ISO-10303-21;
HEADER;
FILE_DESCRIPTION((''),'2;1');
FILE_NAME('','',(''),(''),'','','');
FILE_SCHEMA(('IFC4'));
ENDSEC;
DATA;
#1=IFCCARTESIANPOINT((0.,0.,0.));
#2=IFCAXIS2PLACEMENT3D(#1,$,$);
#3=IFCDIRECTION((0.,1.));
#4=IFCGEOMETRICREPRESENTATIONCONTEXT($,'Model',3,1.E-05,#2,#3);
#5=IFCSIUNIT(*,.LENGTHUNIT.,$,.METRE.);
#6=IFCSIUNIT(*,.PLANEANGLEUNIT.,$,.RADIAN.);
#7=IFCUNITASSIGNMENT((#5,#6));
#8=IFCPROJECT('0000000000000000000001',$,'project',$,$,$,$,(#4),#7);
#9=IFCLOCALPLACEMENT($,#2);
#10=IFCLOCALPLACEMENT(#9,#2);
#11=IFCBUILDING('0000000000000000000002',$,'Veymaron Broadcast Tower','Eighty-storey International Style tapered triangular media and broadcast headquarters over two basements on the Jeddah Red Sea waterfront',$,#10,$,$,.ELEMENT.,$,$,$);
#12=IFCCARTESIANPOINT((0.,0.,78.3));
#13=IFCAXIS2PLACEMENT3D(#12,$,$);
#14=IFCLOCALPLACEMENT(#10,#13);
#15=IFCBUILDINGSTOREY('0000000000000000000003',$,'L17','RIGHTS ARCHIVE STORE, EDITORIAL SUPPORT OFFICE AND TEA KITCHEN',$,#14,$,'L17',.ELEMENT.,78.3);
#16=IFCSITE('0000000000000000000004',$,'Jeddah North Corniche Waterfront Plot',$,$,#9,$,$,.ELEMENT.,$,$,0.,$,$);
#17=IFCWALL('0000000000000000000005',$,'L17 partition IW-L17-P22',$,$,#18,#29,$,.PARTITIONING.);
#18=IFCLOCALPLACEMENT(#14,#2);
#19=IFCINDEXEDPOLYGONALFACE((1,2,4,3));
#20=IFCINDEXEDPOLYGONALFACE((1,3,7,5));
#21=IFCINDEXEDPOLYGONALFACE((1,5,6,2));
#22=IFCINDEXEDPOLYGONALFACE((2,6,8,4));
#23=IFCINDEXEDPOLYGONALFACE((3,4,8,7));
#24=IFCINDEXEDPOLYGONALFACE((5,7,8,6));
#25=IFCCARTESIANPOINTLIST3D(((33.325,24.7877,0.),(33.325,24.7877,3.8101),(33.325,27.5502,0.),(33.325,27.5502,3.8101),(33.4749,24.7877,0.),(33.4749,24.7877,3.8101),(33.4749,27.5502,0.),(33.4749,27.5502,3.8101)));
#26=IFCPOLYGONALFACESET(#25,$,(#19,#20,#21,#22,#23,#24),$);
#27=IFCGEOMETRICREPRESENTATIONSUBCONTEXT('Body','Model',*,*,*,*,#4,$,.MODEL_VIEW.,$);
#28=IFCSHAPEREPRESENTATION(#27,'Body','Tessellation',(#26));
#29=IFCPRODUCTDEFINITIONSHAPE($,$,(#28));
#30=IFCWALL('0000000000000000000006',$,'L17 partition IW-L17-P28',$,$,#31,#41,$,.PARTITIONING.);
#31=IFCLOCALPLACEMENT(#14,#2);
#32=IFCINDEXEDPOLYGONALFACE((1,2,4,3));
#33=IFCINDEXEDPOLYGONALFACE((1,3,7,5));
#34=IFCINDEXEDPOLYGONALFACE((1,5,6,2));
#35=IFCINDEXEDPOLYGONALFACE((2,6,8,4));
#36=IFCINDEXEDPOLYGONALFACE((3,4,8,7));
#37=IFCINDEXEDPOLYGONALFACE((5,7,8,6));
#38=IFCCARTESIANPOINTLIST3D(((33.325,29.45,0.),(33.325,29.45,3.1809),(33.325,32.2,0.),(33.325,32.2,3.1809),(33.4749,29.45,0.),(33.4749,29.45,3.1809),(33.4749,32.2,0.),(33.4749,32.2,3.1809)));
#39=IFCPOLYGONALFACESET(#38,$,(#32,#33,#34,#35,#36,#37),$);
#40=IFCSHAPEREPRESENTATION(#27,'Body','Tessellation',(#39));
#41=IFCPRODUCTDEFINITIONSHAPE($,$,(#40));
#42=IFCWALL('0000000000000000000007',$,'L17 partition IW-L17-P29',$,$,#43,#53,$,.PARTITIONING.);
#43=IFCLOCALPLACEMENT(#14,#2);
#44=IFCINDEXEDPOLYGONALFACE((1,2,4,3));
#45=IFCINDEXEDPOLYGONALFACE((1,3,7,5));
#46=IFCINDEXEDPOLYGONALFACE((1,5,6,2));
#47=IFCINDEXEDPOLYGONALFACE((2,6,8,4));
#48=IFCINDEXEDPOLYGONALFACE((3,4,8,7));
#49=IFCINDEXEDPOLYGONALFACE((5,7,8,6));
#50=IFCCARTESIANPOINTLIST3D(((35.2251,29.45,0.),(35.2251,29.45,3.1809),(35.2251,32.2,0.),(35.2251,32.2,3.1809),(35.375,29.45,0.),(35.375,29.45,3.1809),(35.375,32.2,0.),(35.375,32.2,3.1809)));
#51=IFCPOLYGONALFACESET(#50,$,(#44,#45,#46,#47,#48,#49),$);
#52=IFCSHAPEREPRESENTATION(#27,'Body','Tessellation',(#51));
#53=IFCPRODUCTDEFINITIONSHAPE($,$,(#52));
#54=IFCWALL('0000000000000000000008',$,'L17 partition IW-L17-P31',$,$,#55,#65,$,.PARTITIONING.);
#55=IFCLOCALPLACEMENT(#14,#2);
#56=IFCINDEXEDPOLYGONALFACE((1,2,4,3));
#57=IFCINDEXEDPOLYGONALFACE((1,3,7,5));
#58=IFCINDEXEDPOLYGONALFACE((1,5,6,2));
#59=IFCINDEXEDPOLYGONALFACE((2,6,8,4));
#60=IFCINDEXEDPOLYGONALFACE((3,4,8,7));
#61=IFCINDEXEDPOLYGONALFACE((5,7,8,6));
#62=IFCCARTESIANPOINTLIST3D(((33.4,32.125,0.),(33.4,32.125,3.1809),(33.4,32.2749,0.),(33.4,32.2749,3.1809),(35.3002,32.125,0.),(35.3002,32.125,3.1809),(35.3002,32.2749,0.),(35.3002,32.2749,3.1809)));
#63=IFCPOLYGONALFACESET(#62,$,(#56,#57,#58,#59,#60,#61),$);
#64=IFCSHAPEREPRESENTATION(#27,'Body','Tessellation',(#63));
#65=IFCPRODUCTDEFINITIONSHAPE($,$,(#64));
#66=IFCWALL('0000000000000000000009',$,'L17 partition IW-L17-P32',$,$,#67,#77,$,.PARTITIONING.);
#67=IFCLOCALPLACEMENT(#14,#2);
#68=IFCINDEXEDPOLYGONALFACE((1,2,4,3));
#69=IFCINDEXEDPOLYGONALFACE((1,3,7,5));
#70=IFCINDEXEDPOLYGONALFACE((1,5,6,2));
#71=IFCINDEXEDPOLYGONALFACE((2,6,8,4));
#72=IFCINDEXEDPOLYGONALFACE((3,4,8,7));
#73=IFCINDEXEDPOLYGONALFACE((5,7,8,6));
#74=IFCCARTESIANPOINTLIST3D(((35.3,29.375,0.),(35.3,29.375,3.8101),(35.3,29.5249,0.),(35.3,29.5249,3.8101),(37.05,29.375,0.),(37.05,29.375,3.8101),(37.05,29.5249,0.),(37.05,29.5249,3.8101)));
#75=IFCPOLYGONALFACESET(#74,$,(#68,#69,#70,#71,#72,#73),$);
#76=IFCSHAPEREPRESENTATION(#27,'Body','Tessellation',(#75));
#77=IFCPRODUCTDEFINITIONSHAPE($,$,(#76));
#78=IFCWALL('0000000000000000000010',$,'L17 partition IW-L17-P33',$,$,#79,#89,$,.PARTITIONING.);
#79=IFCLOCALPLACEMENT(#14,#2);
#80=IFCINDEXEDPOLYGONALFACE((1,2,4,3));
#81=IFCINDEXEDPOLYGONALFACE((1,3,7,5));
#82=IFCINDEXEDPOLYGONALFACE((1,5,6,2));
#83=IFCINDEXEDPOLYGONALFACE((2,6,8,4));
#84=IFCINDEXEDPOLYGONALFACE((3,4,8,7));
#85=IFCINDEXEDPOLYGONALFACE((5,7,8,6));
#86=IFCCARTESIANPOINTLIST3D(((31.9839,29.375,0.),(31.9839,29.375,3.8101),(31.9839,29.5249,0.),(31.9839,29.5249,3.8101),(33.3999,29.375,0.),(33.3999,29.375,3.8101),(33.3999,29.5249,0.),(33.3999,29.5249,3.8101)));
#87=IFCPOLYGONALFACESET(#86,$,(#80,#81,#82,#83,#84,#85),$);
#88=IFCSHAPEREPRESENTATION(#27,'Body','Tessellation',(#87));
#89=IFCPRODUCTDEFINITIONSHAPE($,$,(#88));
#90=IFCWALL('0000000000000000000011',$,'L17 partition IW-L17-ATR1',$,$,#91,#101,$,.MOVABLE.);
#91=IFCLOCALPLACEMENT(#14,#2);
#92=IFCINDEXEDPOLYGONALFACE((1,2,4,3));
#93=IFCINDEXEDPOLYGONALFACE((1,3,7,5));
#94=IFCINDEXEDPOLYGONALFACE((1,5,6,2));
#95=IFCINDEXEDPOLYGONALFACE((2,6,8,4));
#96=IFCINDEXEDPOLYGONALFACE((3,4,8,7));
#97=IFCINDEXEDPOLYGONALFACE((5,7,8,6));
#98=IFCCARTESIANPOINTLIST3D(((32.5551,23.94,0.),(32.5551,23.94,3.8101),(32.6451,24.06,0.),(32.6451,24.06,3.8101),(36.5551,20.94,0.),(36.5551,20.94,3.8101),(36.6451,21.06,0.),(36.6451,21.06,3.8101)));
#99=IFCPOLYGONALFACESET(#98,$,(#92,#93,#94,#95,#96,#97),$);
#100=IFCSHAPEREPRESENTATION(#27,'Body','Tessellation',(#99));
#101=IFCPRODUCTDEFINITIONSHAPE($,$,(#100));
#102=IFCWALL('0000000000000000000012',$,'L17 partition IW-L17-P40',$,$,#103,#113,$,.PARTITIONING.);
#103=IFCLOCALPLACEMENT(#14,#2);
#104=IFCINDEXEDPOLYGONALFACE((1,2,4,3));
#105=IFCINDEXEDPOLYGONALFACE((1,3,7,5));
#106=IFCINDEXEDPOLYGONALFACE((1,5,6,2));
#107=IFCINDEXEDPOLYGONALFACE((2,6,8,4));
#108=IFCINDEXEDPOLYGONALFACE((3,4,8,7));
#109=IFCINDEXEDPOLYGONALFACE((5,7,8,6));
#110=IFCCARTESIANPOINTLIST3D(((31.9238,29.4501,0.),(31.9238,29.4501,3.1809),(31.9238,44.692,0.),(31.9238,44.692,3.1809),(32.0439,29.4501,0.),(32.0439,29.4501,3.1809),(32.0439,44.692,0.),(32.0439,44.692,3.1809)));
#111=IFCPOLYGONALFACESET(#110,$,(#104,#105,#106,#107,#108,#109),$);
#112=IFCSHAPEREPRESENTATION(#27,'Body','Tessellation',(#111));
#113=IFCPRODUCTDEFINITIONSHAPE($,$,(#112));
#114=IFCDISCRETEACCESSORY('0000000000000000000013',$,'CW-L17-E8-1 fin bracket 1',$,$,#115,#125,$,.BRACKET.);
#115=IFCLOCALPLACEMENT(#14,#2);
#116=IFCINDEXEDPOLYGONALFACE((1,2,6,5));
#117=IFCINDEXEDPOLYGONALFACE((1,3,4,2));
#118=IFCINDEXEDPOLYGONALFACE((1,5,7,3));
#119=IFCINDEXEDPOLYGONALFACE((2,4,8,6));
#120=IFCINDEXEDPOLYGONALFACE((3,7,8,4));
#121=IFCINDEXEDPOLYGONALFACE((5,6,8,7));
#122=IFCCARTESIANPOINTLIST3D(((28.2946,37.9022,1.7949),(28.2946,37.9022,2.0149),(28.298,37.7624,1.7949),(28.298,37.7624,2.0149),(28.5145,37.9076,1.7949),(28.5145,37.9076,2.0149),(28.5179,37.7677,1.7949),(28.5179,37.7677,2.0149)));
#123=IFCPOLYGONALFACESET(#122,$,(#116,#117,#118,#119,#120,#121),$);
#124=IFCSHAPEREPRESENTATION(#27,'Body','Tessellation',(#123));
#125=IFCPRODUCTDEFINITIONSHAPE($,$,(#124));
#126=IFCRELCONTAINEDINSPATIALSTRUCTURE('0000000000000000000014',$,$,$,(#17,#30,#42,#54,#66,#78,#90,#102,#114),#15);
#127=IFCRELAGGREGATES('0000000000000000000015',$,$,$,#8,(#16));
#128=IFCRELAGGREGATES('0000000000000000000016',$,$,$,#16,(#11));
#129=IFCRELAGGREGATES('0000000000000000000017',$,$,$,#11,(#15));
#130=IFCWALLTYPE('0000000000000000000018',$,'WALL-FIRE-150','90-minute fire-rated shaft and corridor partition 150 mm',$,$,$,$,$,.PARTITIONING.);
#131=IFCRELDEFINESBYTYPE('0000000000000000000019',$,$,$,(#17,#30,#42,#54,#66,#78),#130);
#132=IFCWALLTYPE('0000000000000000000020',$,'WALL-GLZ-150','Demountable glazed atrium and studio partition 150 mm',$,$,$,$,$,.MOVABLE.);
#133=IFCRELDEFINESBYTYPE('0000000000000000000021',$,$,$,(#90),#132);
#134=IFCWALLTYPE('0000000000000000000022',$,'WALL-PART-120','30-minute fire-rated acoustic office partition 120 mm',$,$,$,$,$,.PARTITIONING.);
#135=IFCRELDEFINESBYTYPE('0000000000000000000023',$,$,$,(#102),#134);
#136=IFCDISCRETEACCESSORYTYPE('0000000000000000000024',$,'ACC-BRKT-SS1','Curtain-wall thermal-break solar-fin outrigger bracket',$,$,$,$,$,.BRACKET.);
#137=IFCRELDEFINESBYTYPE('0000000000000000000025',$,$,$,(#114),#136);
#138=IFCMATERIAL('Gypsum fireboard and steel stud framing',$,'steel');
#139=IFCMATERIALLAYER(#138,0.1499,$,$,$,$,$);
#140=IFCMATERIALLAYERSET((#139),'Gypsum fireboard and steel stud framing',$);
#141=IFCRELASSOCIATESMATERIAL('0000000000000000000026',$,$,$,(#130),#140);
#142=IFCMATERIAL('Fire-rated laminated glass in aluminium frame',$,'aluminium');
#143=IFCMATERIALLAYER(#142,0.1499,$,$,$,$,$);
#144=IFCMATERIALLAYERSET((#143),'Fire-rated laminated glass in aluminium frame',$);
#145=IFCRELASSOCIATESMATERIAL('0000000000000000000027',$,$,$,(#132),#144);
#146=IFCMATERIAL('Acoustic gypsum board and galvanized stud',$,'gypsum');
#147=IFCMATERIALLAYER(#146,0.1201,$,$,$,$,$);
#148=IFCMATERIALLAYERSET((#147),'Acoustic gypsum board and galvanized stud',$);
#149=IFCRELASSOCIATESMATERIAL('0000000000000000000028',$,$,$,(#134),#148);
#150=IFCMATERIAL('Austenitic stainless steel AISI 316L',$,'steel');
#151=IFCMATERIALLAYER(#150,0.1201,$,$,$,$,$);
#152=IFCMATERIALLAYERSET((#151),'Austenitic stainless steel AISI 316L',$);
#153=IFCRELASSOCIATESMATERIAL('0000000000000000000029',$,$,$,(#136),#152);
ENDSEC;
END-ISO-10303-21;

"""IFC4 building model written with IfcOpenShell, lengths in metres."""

from ifc_helpers import new_model, si_unit, direction, frame, frame_2d, origin, origin_2d, place, context, subcontext, project, spatial, rectangle, extrude, material, layer, layer_set, type_object, element, save


model = new_model("IFC4")

# Units and contexts
model_context = context("Model", 3, precision=1e-05, world=origin(), true_north=direction((0.0, 1.0)))
body_context = subcontext(model_context, "Body", "Model", "MODEL_VIEW")
ifc_project = project(units=[si_unit("LENGTHUNIT", "METRE"), si_unit("PLANEANGLEUNIT", "RADIAN")], contexts=[model_context])

# Site, building, storey
site_placement = place(None, origin())
site = spatial("IfcSite", under=ifc_project, at=site_placement, Name="Jeddah North Corniche Waterfront Plot", CompositionType="ELEMENT", RefElevation=0.0)
building_placement = place(site_placement, origin())
building = spatial("IfcBuilding", under=site, at=building_placement, Name="Veymaron Broadcast Tower", Description="Eighty-storey International Style tapered triangular media and broadcast headquarters over two basements on the Jeddah Red Sea waterfront", CompositionType="ELEMENT")
storey_placement = place(building_placement, frame((0.0, 0.0, 78.3)))
storey = spatial("IfcBuildingStorey", under=building, at=storey_placement, Name="L17", Description="RIGHTS ARCHIVE STORE, EDITORIAL SUPPORT OFFICE AND TEA KITCHEN", LongName="L17", CompositionType="ELEMENT", Elevation=78.3)

# Walls
ifc_material_1 = material(Name="Gypsum fireboard and steel stud framing", Category="steel")
ifc_layer_1 = layer(ifc_material_1, 0.1499)
ifc_layer_set_1 = layer_set([ifc_layer_1], Name="Gypsum fireboard and steel stud framing")
wall_type_1 = type_object("IfcWallType", Name="WALL-FIRE-150", Description="90-minute fire-rated shaft and corridor partition 150 mm", PredefinedType="PARTITIONING", material=ifc_layer_set_1)
wall_1_placement = place(storey_placement, frame((33.3999, 24.7876, 0.0), z_axis=(0.0, 0.0, 1.0), x_axis=(0.0, 1.0, 0.0)))
element("IfcWall", 1, at=wall_1_placement, inside=storey, type_object=wall_type_1, Name="L17 partition IW-L17-P22", PredefinedType="PARTITIONING", context=body_context, shape_type="SweptSolid", body=[
    extrude(rectangle(XDim=2.7625, YDim=0.1499, at=frame_2d((1.3813, 0.0))), origin(), (0.0, 0.0, 1.0), 3.8101),
])
for number, where, z_axis, x_axis, name in (
    (2, (33.3999, 29.45, 0.0), (0.0, 0.0, 1.0), (0.0, 1.0, 0.0), "L17 partition IW-L17-P28"),
    (3, (35.3, 29.45, 0.0), (0.0, 0.0, 1.0), (0.0, 1.0, 0.0), "L17 partition IW-L17-P29"),
):
    element("IfcWall", number, at=place(storey_placement, frame(where, z_axis=z_axis, x_axis=x_axis)), inside=storey, type_object=wall_type_1, Name=name, PredefinedType="PARTITIONING", context=body_context, shape_type="SweptSolid", body=[
        extrude(rectangle(XDim=2.75, YDim=0.1499, at=frame_2d((1.375, 0.0))), origin(), (0.0, 0.0, 1.0), 3.1809),
    ])
wall_2_placement = place(storey_placement, frame((33.3999, 32.2, 0.0), z_axis=(0.0, 0.0, 1.0), x_axis=(1.0, 0.0, 0.0)))
element("IfcWall", 4, at=wall_2_placement, inside=storey, type_object=wall_type_1, Name="L17 partition IW-L17-P31", PredefinedType="PARTITIONING", context=body_context, shape_type="SweptSolid", body=[
    extrude(rectangle(XDim=1.9001, YDim=0.1499, at=frame_2d((0.9502, 0.0))), origin(), (0.0, 0.0, 1.0), 3.1809),
])
wall_3_placement = place(storey_placement, frame((35.3, 29.45, 0.0), z_axis=(0.0, 0.0, 1.0), x_axis=(1.0, 0.0, 0.0)))
element("IfcWall", 5, at=wall_3_placement, inside=storey, type_object=wall_type_1, Name="L17 partition IW-L17-P32", PredefinedType="PARTITIONING", context=body_context, shape_type="SweptSolid", body=[
    extrude(rectangle(XDim=1.75, YDim=0.1499, at=frame_2d((0.875, 0.0))), origin(), (0.0, 0.0, 1.0), 3.8101),
])
wall_4_placement = place(storey_placement, frame((31.9839, 29.45, 0.0), z_axis=(0.0, 0.0, 1.0), x_axis=(1.0, 0.0, 0.0)))
element("IfcWall", 6, at=wall_4_placement, inside=storey, type_object=wall_type_1, Name="L17 partition IW-L17-P33", PredefinedType="PARTITIONING", context=body_context, shape_type="SweptSolid", body=[
    extrude(rectangle(XDim=1.416, YDim=0.1499, at=frame_2d((0.708, 0.0))), origin(), (0.0, 0.0, 1.0), 3.8101),
])
ifc_material_2 = material(Name="Fire-rated laminated glass in aluminium frame", Category="aluminium")
ifc_layer_2 = layer(ifc_material_2, 0.1499)
ifc_layer_set_2 = layer_set([ifc_layer_2], Name="Fire-rated laminated glass in aluminium frame")
wall_type_2 = type_object("IfcWallType", Name="WALL-GLZ-150", Description="Demountable glazed atrium and studio partition 150 mm", PredefinedType="MOVABLE", material=ifc_layer_set_2)
wall_5_placement = place(storey_placement, frame((32.6001, 24.0, 0.0), z_axis=(0.0, 0.0, 1.0), x_axis=(0.8, -0.6, 0.0)))
element("IfcWall", 7, at=wall_5_placement, inside=storey, type_object=wall_type_2, Name="L17 partition IW-L17-ATR1", PredefinedType="MOVABLE", context=body_context, shape_type="SweptSolid", body=[
    extrude(rectangle(XDim=5.0, YDim=0.1499, at=frame_2d((2.5, 0.0))), origin(), (0.0, 0.0, 1.0), 3.8101),
])
ifc_material_3 = material(Name="Acoustic gypsum board and galvanized stud", Category="gypsum")
ifc_layer_3 = layer(ifc_material_3, 0.1201)
ifc_layer_set_3 = layer_set([ifc_layer_3], Name="Acoustic gypsum board and galvanized stud")
wall_type_3 = type_object("IfcWallType", Name="WALL-PART-120", Description="30-minute fire-rated acoustic office partition 120 mm", PredefinedType="PARTITIONING", material=ifc_layer_set_3)
wall_6_placement = place(storey_placement, frame((31.9839, 29.45, 0.0), z_axis=(0.0, 0.0, 1.0), x_axis=(0.0, 1.0, 0.0)))
element("IfcWall", 8, at=wall_6_placement, inside=storey, type_object=wall_type_3, Name="L17 partition IW-L17-P40", PredefinedType="PARTITIONING", context=body_context, shape_type="SweptSolid", body=[
    extrude(rectangle(XDim=15.2419, YDim=0.1201, at=frame_2d((7.6211, 0.0))), origin(), (0.0, 0.0, 1.0), 3.1809),
])

# Discrete accessory
ifc_material_4 = material(Name="Austenitic stainless steel AISI 316L", Category="steel")
ifc_layer_4 = layer(ifc_material_4, 0.1201)
ifc_layer_set_4 = layer_set([ifc_layer_4], Name="Austenitic stainless steel AISI 316L")
discrete_accessory_type = type_object("IfcDiscreteAccessoryType", Name="ACC-BRKT-SS1", Description="Curtain-wall thermal-break solar-fin outrigger bracket", PredefinedType="BRACKET", material=ifc_layer_set_4)
discrete_accessory_placement = place(storey_placement, frame((28.4062, 37.835, 1.7949), z_axis=(0.0, 0.0, 1.0), x_axis=(-0.999703, -0.02438, 0.0)))
element("IfcDiscreteAccessory", 9, at=discrete_accessory_placement, inside=storey, type_object=discrete_accessory_type, Name="CW-L17-E8-1 fin bracket 1", PredefinedType="BRACKET", context=body_context, shape_type="SweptSolid", body=[
    extrude(rectangle(XDim=0.22, YDim=0.1399, at=origin_2d()), origin(), (0.0, 0.0, 1.0), 0.22),
])

save(model, "model.ifc")
